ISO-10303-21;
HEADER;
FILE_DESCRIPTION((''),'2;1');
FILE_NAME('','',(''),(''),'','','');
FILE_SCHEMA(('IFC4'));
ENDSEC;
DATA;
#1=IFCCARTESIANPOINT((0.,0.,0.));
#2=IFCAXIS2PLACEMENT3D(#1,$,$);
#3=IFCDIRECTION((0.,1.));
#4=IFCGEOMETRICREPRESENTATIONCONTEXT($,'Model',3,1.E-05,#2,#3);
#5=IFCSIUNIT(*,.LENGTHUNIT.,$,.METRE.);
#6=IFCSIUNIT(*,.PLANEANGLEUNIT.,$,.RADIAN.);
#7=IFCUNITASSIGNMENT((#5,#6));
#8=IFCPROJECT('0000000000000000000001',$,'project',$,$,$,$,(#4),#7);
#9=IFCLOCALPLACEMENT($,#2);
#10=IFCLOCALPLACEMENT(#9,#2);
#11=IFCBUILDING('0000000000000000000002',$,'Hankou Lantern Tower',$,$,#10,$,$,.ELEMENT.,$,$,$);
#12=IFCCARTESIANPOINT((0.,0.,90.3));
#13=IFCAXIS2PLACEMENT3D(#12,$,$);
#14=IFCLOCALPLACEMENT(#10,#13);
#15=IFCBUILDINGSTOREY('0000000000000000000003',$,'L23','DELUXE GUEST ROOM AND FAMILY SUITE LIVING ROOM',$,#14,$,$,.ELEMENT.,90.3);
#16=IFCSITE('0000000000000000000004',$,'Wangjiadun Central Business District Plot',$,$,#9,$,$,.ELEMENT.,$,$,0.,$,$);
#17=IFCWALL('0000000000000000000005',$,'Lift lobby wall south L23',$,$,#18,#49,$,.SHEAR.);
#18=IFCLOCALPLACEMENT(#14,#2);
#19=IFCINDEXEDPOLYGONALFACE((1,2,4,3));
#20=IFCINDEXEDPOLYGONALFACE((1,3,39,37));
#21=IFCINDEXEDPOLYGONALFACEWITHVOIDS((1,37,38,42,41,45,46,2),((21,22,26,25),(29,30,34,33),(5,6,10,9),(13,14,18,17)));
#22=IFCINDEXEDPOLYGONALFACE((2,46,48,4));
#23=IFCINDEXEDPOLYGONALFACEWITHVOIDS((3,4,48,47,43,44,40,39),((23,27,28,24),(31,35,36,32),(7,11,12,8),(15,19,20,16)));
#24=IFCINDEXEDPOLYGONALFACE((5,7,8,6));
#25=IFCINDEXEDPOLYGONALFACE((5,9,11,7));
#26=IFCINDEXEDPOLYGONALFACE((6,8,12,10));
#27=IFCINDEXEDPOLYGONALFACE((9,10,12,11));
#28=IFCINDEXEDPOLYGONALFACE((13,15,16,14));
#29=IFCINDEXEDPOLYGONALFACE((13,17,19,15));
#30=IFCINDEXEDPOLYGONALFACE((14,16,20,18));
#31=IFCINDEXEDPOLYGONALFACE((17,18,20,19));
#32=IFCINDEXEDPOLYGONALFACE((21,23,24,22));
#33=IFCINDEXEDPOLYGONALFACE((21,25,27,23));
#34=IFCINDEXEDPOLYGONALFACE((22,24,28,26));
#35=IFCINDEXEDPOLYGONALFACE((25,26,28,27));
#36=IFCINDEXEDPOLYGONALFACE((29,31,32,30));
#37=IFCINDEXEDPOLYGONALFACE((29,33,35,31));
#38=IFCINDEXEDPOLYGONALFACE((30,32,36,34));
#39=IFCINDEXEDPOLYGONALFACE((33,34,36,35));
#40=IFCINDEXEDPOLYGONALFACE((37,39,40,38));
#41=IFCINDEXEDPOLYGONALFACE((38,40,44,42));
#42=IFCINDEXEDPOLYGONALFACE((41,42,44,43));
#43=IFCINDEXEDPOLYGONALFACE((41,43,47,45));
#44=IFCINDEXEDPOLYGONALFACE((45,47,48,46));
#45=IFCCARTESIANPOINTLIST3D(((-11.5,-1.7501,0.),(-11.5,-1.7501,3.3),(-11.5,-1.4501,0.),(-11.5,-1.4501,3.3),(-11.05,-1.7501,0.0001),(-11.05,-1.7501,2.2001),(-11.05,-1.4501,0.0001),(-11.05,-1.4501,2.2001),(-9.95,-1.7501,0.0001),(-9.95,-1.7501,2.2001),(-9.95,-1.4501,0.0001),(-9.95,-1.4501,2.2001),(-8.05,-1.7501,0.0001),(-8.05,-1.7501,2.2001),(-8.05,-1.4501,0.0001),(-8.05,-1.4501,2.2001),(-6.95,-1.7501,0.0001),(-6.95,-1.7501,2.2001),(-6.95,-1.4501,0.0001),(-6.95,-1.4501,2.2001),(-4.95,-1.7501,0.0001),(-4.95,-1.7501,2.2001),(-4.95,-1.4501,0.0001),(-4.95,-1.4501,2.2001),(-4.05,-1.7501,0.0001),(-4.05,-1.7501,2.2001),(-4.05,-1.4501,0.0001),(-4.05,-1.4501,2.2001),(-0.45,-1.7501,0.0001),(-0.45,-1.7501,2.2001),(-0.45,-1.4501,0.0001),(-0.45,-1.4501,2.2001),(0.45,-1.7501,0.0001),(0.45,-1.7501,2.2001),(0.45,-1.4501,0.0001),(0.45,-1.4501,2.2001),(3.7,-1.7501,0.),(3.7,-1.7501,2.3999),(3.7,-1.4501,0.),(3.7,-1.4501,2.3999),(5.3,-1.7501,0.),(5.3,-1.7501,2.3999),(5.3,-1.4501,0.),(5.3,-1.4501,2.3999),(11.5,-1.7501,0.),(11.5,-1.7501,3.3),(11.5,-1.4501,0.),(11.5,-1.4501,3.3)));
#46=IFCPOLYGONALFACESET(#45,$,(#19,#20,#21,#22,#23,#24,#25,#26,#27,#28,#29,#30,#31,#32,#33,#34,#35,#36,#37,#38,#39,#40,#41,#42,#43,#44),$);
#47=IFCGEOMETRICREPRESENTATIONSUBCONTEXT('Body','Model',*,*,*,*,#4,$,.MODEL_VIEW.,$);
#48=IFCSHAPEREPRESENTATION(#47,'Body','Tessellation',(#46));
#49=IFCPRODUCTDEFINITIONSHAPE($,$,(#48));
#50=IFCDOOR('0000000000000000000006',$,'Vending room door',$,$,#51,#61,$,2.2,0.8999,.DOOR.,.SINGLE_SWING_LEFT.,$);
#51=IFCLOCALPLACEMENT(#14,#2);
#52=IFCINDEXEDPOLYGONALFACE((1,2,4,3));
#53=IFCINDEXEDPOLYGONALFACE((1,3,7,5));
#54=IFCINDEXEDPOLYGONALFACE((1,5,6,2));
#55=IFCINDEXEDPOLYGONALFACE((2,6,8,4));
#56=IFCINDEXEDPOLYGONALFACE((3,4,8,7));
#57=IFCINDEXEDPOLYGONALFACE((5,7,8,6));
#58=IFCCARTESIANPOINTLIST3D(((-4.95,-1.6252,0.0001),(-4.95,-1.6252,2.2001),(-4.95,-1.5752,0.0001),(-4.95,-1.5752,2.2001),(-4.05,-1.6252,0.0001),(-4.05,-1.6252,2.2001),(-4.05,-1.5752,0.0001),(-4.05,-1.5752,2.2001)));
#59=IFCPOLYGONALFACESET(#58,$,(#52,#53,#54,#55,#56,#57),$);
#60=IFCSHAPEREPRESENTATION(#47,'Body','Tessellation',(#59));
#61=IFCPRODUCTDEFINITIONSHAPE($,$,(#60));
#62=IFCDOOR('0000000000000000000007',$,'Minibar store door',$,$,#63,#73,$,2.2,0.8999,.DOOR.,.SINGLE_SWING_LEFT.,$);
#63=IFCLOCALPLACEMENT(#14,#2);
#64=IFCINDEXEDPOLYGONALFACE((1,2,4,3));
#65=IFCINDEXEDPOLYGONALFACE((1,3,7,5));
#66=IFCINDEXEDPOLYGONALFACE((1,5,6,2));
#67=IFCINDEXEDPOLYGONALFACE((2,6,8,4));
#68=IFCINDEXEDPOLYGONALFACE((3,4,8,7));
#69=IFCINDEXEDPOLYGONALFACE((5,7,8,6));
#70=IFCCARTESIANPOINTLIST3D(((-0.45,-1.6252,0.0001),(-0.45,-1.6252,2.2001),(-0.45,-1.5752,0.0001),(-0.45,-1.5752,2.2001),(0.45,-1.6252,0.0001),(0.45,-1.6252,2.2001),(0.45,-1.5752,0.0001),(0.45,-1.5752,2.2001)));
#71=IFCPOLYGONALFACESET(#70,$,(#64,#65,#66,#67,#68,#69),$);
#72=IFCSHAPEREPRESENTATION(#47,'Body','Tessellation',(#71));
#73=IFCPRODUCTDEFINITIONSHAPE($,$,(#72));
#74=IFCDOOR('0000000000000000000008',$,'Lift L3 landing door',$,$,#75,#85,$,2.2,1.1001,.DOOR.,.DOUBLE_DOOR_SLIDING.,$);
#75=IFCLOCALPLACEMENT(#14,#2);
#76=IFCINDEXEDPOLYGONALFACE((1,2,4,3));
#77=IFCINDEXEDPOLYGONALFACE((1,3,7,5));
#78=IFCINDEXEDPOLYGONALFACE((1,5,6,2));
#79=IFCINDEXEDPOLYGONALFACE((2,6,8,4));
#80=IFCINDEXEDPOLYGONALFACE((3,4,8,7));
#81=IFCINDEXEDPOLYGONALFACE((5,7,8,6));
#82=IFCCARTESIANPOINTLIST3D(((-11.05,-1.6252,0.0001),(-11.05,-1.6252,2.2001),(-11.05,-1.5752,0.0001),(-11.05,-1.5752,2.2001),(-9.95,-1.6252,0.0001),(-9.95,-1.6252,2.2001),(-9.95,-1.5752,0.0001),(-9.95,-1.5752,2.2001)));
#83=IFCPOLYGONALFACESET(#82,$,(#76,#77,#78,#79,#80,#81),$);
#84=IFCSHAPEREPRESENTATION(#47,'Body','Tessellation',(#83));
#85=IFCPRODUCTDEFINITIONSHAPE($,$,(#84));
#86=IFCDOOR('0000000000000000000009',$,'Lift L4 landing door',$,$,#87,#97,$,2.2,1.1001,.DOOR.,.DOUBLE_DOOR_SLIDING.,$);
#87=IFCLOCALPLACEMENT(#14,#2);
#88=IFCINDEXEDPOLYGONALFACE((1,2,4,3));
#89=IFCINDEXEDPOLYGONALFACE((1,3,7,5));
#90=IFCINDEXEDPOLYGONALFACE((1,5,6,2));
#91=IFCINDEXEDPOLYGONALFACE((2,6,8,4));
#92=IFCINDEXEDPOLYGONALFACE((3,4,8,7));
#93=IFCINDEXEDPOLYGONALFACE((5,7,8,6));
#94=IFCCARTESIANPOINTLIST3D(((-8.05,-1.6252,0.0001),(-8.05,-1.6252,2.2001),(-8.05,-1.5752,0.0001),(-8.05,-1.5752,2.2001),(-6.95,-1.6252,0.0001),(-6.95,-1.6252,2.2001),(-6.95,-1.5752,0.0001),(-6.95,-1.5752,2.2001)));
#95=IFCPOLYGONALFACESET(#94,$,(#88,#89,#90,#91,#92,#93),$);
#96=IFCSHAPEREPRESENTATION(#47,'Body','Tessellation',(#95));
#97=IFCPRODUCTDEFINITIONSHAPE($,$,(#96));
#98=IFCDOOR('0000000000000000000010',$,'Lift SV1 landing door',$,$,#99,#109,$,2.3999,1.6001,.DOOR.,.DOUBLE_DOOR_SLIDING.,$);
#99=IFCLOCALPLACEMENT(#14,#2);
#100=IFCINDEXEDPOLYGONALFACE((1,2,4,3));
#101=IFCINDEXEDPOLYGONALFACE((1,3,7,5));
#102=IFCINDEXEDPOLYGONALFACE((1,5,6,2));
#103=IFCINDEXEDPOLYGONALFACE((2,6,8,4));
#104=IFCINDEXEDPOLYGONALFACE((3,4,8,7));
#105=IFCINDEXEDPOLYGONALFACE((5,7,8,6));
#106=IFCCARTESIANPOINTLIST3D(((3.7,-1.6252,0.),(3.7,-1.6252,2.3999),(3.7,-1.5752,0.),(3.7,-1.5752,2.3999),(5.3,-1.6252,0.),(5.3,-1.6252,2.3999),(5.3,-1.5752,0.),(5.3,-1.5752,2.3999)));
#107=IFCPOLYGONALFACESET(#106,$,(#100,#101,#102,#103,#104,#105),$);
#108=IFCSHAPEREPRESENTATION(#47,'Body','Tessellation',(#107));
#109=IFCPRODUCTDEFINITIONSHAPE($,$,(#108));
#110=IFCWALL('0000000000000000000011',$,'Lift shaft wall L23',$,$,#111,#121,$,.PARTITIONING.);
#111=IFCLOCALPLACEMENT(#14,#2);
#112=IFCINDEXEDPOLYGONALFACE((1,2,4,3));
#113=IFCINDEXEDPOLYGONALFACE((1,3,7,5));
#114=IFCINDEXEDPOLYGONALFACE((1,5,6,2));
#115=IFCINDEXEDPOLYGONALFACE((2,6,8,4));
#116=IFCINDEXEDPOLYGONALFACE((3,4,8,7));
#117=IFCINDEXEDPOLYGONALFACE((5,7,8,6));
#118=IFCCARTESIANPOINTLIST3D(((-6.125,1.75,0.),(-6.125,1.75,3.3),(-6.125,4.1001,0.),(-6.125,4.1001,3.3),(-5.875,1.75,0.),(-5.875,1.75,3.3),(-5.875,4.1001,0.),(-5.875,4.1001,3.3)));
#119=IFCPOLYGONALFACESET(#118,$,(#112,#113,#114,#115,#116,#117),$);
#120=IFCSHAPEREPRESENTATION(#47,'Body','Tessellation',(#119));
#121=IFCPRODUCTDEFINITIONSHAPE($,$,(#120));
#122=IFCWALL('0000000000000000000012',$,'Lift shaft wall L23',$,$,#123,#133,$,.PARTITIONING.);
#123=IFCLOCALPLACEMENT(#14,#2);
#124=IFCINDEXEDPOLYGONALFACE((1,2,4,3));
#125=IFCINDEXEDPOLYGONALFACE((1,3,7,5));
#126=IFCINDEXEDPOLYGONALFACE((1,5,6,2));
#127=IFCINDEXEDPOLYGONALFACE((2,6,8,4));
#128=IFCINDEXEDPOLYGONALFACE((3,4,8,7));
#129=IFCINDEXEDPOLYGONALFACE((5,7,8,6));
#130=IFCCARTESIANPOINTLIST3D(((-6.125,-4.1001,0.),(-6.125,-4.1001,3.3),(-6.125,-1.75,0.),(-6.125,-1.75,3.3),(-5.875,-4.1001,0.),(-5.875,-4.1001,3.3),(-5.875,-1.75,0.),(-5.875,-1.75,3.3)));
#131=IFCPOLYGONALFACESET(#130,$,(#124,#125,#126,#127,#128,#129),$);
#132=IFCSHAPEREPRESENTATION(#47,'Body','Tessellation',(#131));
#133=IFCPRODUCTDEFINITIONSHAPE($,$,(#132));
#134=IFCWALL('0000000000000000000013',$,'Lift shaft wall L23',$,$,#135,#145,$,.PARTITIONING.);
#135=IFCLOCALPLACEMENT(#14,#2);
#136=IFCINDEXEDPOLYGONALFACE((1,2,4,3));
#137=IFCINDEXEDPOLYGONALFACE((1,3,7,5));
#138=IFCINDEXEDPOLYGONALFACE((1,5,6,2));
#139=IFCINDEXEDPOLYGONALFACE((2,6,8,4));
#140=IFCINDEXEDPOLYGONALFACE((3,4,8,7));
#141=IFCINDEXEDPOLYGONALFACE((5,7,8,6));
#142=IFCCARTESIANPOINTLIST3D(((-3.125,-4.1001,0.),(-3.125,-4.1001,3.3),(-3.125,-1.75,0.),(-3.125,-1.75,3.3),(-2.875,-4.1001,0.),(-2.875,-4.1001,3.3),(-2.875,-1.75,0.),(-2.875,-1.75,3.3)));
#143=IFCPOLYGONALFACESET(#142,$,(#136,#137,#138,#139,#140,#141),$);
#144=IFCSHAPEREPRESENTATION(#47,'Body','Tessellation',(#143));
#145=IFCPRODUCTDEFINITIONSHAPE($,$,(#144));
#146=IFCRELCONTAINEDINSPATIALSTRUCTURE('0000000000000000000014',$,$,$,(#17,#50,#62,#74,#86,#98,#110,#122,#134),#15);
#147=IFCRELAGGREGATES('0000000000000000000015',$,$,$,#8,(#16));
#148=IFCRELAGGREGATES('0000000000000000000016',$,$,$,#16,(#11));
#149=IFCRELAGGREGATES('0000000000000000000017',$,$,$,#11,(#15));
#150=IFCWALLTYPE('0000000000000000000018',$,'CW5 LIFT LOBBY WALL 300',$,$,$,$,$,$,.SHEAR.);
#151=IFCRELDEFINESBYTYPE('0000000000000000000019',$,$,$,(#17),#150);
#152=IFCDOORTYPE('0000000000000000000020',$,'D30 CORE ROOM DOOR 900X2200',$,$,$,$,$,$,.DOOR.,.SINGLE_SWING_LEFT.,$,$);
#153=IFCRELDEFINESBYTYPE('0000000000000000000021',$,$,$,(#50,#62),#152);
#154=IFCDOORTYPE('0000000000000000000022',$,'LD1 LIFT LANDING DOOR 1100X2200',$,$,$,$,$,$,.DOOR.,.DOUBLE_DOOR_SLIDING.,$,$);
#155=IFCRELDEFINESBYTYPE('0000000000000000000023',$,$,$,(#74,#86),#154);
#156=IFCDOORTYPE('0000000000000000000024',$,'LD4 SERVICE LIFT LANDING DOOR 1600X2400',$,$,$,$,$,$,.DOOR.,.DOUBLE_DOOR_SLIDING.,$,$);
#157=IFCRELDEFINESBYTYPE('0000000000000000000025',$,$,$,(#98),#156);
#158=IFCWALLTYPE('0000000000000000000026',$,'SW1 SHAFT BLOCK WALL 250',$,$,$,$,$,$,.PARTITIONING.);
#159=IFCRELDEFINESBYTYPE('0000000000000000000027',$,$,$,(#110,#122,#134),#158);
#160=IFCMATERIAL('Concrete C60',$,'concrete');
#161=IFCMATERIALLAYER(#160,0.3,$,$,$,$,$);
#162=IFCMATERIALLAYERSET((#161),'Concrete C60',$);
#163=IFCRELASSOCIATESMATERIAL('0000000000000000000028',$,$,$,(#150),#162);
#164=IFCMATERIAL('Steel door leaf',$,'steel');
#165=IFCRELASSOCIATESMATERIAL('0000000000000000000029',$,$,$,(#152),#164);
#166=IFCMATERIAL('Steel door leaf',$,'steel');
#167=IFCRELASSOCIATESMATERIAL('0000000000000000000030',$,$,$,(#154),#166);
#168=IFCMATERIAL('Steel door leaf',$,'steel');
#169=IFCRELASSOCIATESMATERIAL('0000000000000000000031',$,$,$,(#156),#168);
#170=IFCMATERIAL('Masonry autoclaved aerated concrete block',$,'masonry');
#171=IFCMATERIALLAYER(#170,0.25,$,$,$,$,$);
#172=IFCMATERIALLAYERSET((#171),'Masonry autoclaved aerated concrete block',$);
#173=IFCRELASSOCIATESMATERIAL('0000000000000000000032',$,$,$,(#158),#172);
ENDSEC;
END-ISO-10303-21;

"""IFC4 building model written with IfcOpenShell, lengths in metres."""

from ifc_helpers import new_model, si_unit, direction, frame, frame_2d, origin, place, context, subcontext, project, spatial, rectangle, extrude, material, layer, layer_set, type_object, element, fill, save


model = new_model("IFC4")

# Units and contexts
model_context = context("Model", 3, precision=1e-05, world=origin(), true_north=direction((0.0, 1.0)))
body_context = subcontext(model_context, "Body", "Model", "MODEL_VIEW")
ifc_project = project(units=[si_unit("LENGTHUNIT", "METRE"), si_unit("PLANEANGLEUNIT", "RADIAN")], contexts=[model_context])

# Site, building, storey
site_placement = place(None, origin())
site = spatial("IfcSite", under=ifc_project, at=site_placement, Name="Wangjiadun Central Business District Plot", CompositionType="ELEMENT", RefElevation=0.0)
building_placement = place(site_placement, origin())
building = spatial("IfcBuilding", under=site, at=building_placement, Name="Hankou Lantern Tower", CompositionType="ELEMENT")
storey_placement = place(building_placement, frame((0.0, 0.0, 90.3)))
storey = spatial("IfcBuildingStorey", under=building, at=storey_placement, Name="L23", Description="DELUXE GUEST ROOM AND FAMILY SUITE LIVING ROOM", CompositionType="ELEMENT", Elevation=90.3)

# Wall, openings, doors
ifc_material_1 = material(Name="Concrete C60", Category="concrete")
ifc_layer_1 = layer(ifc_material_1, 0.3)
ifc_layer_set_1 = layer_set([ifc_layer_1], Name="Concrete C60")
wall_type_1 = type_object("IfcWallType", Name="CW5 LIFT LOBBY WALL 300", PredefinedType="SHEAR", material=ifc_layer_set_1)
ifc_material_2 = material(Name="Steel door leaf", Category="steel")
door_type_1 = type_object("IfcDoorType", Name="D30 CORE ROOM DOOR 900X2200", OperationType="SINGLE_SWING_LEFT", PredefinedType="DOOR", material=ifc_material_2)
ifc_material_3 = material(Name="Steel door leaf", Category="steel")
door_type_2 = type_object("IfcDoorType", Name="LD1 LIFT LANDING DOOR 1100X2200", OperationType="DOUBLE_DOOR_SLIDING", PredefinedType="DOOR", material=ifc_material_3)
wall_1_placement = place(storey_placement, frame((-11.5, -1.6001, 0.0), z_axis=(0.0, 0.0, 1.0), x_axis=(1.0, 0.0, 0.0)))
wall_1 = element("IfcWall", 1, at=wall_1_placement, inside=storey, type_object=wall_type_1, Name="Lift lobby wall south L23", PredefinedType="SHEAR", context=body_context, shape_type="SweptSolid", body=[
    extrude(rectangle(XDim=23.0, YDim=0.3, at=frame_2d((11.5, 0.0))), origin(), (0.0, 0.0, 1.0), 3.3),
])
opening_1_placement = place(wall_1_placement, frame((0.45, 0.0, 0.0)))
opening_1 = element("IfcOpeningElement", 2, at=opening_1_placement, cuts=wall_1, PredefinedType="OPENING", context=body_context, shape_type="SweptSolid", body=[
    extrude(rectangle(XDim=1.1001, YDim=2.2, at=frame_2d((0.55, 1.1001))), frame((0.0, 0.1599, 0.0), z_axis=(0.0, -1.0, 0.0), x_axis=(1.0, 0.0, 0.0)), (0.0, 0.0, 1.0), 0.3201),
])
opening_2_placement = place(wall_1_placement, frame((3.45, 0.0, 0.0)))
opening_2 = element("IfcOpeningElement", 3, at=opening_2_placement, cuts=wall_1, PredefinedType="OPENING", context=body_context, shape_type="SweptSolid", body=[
    extrude(rectangle(XDim=1.1001, YDim=2.2, at=frame_2d((0.55, 1.1001))), frame((0.0, 0.1599, 0.0), z_axis=(0.0, -1.0, 0.0), x_axis=(1.0, 0.0, 0.0)), (0.0, 0.0, 1.0), 0.3201),
])
opening_3_placement = place(wall_1_placement, frame((15.2, 0.0, 0.0)))
opening_3 = element("IfcOpeningElement", 4, at=opening_3_placement, cuts=wall_1, PredefinedType="OPENING", context=body_context, shape_type="SweptSolid", body=[
    extrude(rectangle(XDim=1.6001, YDim=2.3999, at=frame_2d((0.8, 1.2))), frame((0.0, 0.1599, 0.0), z_axis=(0.0, -1.0, 0.0), x_axis=(1.0, 0.0, 0.0)), (0.0, 0.0, 1.0), 0.3201),
])
opening_4_placement = place(wall_1_placement, frame((6.55, 0.0, 0.0)))
opening_4 = element("IfcOpeningElement", 5, at=opening_4_placement, cuts=wall_1, PredefinedType="OPENING", context=body_context, shape_type="SweptSolid", body=[
    extrude(rectangle(XDim=0.8999, YDim=2.2, at=frame_2d((0.45, 1.1001))), frame((0.0, 0.1599, 0.0), z_axis=(0.0, -1.0, 0.0), x_axis=(1.0, 0.0, 0.0)), (0.0, 0.0, 1.0), 0.3201),
])
opening_5_placement = place(wall_1_placement, frame((11.05, 0.0, 0.0)))
opening_5 = element("IfcOpeningElement", 6, at=opening_5_placement, cuts=wall_1, PredefinedType="OPENING", context=body_context, shape_type="SweptSolid", body=[
    extrude(rectangle(XDim=0.8999, YDim=2.2, at=frame_2d((0.45, 1.1001))), frame((0.0, 0.1599, 0.0), z_axis=(0.0, -1.0, 0.0), x_axis=(1.0, 0.0, 0.0)), (0.0, 0.0, 1.0), 0.3201),
])
door_1_placement = place(opening_4_placement, origin())
door_1 = element("IfcDoor", 7, at=door_1_placement, inside=storey, type_object=door_type_1, Name="Vending room door", OperationType="SINGLE_SWING_LEFT", OverallHeight=2.2, OverallWidth=0.8999, PredefinedType="DOOR", context=body_context, shape_type="SweptSolid", body=[
    extrude(rectangle(XDim=0.8999, YDim=2.2, at=frame_2d((0.45, 1.1001))), frame((0.0, 0.0249, 0.0), z_axis=(0.0, -1.0, 0.0), x_axis=(1.0, 0.0, 0.0)), (0.0, 0.0, 1.0), 0.05),
])
fill(opening_4, door_1)
door_2_placement = place(opening_5_placement, origin())
door_2 = element("IfcDoor", 8, at=door_2_placement, inside=storey, type_object=door_type_1, Name="Minibar store door", OperationType="SINGLE_SWING_LEFT", OverallHeight=2.2, OverallWidth=0.8999, PredefinedType="DOOR", context=body_context, shape_type="SweptSolid", body=[
    extrude(rectangle(XDim=0.8999, YDim=2.2, at=frame_2d((0.45, 1.1001))), frame((0.0, 0.0249, 0.0), z_axis=(0.0, -1.0, 0.0), x_axis=(1.0, 0.0, 0.0)), (0.0, 0.0, 1.0), 0.05),
])
fill(opening_5, door_2)
door_3_placement = place(opening_1_placement, origin())
door_3 = element("IfcDoor", 9, at=door_3_placement, inside=storey, type_object=door_type_2, Name="Lift L3 landing door", OperationType="DOUBLE_DOOR_SLIDING", OverallHeight=2.2, OverallWidth=1.1001, PredefinedType="DOOR", context=body_context, shape_type="SweptSolid", body=[
    extrude(rectangle(XDim=1.1001, YDim=2.2, at=frame_2d((0.55, 1.1001))), frame((0.0, 0.0249, 0.0), z_axis=(0.0, -1.0, 0.0), x_axis=(1.0, 0.0, 0.0)), (0.0, 0.0, 1.0), 0.05),
])
fill(opening_1, door_3)
door_4_placement = place(opening_2_placement, origin())
door_4 = element("IfcDoor", 10, at=door_4_placement, inside=storey, type_object=door_type_2, Name="Lift L4 landing door", OperationType="DOUBLE_DOOR_SLIDING", OverallHeight=2.2, OverallWidth=1.1001, PredefinedType="DOOR", context=body_context, shape_type="SweptSolid", body=[
    extrude(rectangle(XDim=1.1001, YDim=2.2, at=frame_2d((0.55, 1.1001))), frame((0.0, 0.0249, 0.0), z_axis=(0.0, -1.0, 0.0), x_axis=(1.0, 0.0, 0.0)), (0.0, 0.0, 1.0), 0.05),
])
fill(opening_2, door_4)
ifc_material_4 = material(Name="Steel door leaf", Category="steel")
door_type_3 = type_object("IfcDoorType", Name="LD4 SERVICE LIFT LANDING DOOR 1600X2400", OperationType="DOUBLE_DOOR_SLIDING", PredefinedType="DOOR", material=ifc_material_4)
door_5_placement = place(opening_3_placement, origin())
door_5 = element("IfcDoor", 11, at=door_5_placement, inside=storey, type_object=door_type_3, Name="Lift SV1 landing door", OperationType="DOUBLE_DOOR_SLIDING", OverallHeight=2.3999, OverallWidth=1.6001, PredefinedType="DOOR", context=body_context, shape_type="SweptSolid", body=[
    extrude(rectangle(XDim=1.6001, YDim=2.3999, at=frame_2d((0.8, 1.2))), frame((0.0, 0.0249, 0.0), z_axis=(0.0, -1.0, 0.0), x_axis=(1.0, 0.0, 0.0)), (0.0, 0.0, 1.0), 0.05),
])
fill(opening_3, door_5)

# Walls
ifc_material_5 = material(Name="Masonry autoclaved aerated concrete block", Category="masonry")
ifc_layer_2 = layer(ifc_material_5, 0.25)
ifc_layer_set_2 = layer_set([ifc_layer_2], Name="Masonry autoclaved aerated concrete block")
wall_type_2 = type_object("IfcWallType", Name="SW1 SHAFT BLOCK WALL 250", PredefinedType="PARTITIONING", material=ifc_layer_set_2)
for number, where, z_axis, x_axis, name in (
    (12, (-6.0, 1.75, 0.0), (0.0, 0.0, 1.0), (0.0, 1.0, 0.0), "Lift shaft wall L23"),
    (13, (-6.0, -4.1001, 0.0), (0.0, 0.0, 1.0), (0.0, 1.0, 0.0), "Lift shaft wall L23"),
    (14, (-3.0, -4.1001, 0.0), (0.0, 0.0, 1.0), (0.0, 1.0, 0.0), "Lift shaft wall L23"),
):
    element("IfcWall", number, at=place(storey_placement, frame(where, z_axis=z_axis, x_axis=x_axis)), inside=storey, type_object=wall_type_2, Name=name, PredefinedType="PARTITIONING", context=body_context, shape_type="SweptSolid", body=[
        extrude(rectangle(XDim=2.3501, YDim=0.25, at=frame_2d((1.175, 0.0))), origin(), (0.0, 0.0, 1.0), 3.3),
    ])

save(model, "model.ifc")
